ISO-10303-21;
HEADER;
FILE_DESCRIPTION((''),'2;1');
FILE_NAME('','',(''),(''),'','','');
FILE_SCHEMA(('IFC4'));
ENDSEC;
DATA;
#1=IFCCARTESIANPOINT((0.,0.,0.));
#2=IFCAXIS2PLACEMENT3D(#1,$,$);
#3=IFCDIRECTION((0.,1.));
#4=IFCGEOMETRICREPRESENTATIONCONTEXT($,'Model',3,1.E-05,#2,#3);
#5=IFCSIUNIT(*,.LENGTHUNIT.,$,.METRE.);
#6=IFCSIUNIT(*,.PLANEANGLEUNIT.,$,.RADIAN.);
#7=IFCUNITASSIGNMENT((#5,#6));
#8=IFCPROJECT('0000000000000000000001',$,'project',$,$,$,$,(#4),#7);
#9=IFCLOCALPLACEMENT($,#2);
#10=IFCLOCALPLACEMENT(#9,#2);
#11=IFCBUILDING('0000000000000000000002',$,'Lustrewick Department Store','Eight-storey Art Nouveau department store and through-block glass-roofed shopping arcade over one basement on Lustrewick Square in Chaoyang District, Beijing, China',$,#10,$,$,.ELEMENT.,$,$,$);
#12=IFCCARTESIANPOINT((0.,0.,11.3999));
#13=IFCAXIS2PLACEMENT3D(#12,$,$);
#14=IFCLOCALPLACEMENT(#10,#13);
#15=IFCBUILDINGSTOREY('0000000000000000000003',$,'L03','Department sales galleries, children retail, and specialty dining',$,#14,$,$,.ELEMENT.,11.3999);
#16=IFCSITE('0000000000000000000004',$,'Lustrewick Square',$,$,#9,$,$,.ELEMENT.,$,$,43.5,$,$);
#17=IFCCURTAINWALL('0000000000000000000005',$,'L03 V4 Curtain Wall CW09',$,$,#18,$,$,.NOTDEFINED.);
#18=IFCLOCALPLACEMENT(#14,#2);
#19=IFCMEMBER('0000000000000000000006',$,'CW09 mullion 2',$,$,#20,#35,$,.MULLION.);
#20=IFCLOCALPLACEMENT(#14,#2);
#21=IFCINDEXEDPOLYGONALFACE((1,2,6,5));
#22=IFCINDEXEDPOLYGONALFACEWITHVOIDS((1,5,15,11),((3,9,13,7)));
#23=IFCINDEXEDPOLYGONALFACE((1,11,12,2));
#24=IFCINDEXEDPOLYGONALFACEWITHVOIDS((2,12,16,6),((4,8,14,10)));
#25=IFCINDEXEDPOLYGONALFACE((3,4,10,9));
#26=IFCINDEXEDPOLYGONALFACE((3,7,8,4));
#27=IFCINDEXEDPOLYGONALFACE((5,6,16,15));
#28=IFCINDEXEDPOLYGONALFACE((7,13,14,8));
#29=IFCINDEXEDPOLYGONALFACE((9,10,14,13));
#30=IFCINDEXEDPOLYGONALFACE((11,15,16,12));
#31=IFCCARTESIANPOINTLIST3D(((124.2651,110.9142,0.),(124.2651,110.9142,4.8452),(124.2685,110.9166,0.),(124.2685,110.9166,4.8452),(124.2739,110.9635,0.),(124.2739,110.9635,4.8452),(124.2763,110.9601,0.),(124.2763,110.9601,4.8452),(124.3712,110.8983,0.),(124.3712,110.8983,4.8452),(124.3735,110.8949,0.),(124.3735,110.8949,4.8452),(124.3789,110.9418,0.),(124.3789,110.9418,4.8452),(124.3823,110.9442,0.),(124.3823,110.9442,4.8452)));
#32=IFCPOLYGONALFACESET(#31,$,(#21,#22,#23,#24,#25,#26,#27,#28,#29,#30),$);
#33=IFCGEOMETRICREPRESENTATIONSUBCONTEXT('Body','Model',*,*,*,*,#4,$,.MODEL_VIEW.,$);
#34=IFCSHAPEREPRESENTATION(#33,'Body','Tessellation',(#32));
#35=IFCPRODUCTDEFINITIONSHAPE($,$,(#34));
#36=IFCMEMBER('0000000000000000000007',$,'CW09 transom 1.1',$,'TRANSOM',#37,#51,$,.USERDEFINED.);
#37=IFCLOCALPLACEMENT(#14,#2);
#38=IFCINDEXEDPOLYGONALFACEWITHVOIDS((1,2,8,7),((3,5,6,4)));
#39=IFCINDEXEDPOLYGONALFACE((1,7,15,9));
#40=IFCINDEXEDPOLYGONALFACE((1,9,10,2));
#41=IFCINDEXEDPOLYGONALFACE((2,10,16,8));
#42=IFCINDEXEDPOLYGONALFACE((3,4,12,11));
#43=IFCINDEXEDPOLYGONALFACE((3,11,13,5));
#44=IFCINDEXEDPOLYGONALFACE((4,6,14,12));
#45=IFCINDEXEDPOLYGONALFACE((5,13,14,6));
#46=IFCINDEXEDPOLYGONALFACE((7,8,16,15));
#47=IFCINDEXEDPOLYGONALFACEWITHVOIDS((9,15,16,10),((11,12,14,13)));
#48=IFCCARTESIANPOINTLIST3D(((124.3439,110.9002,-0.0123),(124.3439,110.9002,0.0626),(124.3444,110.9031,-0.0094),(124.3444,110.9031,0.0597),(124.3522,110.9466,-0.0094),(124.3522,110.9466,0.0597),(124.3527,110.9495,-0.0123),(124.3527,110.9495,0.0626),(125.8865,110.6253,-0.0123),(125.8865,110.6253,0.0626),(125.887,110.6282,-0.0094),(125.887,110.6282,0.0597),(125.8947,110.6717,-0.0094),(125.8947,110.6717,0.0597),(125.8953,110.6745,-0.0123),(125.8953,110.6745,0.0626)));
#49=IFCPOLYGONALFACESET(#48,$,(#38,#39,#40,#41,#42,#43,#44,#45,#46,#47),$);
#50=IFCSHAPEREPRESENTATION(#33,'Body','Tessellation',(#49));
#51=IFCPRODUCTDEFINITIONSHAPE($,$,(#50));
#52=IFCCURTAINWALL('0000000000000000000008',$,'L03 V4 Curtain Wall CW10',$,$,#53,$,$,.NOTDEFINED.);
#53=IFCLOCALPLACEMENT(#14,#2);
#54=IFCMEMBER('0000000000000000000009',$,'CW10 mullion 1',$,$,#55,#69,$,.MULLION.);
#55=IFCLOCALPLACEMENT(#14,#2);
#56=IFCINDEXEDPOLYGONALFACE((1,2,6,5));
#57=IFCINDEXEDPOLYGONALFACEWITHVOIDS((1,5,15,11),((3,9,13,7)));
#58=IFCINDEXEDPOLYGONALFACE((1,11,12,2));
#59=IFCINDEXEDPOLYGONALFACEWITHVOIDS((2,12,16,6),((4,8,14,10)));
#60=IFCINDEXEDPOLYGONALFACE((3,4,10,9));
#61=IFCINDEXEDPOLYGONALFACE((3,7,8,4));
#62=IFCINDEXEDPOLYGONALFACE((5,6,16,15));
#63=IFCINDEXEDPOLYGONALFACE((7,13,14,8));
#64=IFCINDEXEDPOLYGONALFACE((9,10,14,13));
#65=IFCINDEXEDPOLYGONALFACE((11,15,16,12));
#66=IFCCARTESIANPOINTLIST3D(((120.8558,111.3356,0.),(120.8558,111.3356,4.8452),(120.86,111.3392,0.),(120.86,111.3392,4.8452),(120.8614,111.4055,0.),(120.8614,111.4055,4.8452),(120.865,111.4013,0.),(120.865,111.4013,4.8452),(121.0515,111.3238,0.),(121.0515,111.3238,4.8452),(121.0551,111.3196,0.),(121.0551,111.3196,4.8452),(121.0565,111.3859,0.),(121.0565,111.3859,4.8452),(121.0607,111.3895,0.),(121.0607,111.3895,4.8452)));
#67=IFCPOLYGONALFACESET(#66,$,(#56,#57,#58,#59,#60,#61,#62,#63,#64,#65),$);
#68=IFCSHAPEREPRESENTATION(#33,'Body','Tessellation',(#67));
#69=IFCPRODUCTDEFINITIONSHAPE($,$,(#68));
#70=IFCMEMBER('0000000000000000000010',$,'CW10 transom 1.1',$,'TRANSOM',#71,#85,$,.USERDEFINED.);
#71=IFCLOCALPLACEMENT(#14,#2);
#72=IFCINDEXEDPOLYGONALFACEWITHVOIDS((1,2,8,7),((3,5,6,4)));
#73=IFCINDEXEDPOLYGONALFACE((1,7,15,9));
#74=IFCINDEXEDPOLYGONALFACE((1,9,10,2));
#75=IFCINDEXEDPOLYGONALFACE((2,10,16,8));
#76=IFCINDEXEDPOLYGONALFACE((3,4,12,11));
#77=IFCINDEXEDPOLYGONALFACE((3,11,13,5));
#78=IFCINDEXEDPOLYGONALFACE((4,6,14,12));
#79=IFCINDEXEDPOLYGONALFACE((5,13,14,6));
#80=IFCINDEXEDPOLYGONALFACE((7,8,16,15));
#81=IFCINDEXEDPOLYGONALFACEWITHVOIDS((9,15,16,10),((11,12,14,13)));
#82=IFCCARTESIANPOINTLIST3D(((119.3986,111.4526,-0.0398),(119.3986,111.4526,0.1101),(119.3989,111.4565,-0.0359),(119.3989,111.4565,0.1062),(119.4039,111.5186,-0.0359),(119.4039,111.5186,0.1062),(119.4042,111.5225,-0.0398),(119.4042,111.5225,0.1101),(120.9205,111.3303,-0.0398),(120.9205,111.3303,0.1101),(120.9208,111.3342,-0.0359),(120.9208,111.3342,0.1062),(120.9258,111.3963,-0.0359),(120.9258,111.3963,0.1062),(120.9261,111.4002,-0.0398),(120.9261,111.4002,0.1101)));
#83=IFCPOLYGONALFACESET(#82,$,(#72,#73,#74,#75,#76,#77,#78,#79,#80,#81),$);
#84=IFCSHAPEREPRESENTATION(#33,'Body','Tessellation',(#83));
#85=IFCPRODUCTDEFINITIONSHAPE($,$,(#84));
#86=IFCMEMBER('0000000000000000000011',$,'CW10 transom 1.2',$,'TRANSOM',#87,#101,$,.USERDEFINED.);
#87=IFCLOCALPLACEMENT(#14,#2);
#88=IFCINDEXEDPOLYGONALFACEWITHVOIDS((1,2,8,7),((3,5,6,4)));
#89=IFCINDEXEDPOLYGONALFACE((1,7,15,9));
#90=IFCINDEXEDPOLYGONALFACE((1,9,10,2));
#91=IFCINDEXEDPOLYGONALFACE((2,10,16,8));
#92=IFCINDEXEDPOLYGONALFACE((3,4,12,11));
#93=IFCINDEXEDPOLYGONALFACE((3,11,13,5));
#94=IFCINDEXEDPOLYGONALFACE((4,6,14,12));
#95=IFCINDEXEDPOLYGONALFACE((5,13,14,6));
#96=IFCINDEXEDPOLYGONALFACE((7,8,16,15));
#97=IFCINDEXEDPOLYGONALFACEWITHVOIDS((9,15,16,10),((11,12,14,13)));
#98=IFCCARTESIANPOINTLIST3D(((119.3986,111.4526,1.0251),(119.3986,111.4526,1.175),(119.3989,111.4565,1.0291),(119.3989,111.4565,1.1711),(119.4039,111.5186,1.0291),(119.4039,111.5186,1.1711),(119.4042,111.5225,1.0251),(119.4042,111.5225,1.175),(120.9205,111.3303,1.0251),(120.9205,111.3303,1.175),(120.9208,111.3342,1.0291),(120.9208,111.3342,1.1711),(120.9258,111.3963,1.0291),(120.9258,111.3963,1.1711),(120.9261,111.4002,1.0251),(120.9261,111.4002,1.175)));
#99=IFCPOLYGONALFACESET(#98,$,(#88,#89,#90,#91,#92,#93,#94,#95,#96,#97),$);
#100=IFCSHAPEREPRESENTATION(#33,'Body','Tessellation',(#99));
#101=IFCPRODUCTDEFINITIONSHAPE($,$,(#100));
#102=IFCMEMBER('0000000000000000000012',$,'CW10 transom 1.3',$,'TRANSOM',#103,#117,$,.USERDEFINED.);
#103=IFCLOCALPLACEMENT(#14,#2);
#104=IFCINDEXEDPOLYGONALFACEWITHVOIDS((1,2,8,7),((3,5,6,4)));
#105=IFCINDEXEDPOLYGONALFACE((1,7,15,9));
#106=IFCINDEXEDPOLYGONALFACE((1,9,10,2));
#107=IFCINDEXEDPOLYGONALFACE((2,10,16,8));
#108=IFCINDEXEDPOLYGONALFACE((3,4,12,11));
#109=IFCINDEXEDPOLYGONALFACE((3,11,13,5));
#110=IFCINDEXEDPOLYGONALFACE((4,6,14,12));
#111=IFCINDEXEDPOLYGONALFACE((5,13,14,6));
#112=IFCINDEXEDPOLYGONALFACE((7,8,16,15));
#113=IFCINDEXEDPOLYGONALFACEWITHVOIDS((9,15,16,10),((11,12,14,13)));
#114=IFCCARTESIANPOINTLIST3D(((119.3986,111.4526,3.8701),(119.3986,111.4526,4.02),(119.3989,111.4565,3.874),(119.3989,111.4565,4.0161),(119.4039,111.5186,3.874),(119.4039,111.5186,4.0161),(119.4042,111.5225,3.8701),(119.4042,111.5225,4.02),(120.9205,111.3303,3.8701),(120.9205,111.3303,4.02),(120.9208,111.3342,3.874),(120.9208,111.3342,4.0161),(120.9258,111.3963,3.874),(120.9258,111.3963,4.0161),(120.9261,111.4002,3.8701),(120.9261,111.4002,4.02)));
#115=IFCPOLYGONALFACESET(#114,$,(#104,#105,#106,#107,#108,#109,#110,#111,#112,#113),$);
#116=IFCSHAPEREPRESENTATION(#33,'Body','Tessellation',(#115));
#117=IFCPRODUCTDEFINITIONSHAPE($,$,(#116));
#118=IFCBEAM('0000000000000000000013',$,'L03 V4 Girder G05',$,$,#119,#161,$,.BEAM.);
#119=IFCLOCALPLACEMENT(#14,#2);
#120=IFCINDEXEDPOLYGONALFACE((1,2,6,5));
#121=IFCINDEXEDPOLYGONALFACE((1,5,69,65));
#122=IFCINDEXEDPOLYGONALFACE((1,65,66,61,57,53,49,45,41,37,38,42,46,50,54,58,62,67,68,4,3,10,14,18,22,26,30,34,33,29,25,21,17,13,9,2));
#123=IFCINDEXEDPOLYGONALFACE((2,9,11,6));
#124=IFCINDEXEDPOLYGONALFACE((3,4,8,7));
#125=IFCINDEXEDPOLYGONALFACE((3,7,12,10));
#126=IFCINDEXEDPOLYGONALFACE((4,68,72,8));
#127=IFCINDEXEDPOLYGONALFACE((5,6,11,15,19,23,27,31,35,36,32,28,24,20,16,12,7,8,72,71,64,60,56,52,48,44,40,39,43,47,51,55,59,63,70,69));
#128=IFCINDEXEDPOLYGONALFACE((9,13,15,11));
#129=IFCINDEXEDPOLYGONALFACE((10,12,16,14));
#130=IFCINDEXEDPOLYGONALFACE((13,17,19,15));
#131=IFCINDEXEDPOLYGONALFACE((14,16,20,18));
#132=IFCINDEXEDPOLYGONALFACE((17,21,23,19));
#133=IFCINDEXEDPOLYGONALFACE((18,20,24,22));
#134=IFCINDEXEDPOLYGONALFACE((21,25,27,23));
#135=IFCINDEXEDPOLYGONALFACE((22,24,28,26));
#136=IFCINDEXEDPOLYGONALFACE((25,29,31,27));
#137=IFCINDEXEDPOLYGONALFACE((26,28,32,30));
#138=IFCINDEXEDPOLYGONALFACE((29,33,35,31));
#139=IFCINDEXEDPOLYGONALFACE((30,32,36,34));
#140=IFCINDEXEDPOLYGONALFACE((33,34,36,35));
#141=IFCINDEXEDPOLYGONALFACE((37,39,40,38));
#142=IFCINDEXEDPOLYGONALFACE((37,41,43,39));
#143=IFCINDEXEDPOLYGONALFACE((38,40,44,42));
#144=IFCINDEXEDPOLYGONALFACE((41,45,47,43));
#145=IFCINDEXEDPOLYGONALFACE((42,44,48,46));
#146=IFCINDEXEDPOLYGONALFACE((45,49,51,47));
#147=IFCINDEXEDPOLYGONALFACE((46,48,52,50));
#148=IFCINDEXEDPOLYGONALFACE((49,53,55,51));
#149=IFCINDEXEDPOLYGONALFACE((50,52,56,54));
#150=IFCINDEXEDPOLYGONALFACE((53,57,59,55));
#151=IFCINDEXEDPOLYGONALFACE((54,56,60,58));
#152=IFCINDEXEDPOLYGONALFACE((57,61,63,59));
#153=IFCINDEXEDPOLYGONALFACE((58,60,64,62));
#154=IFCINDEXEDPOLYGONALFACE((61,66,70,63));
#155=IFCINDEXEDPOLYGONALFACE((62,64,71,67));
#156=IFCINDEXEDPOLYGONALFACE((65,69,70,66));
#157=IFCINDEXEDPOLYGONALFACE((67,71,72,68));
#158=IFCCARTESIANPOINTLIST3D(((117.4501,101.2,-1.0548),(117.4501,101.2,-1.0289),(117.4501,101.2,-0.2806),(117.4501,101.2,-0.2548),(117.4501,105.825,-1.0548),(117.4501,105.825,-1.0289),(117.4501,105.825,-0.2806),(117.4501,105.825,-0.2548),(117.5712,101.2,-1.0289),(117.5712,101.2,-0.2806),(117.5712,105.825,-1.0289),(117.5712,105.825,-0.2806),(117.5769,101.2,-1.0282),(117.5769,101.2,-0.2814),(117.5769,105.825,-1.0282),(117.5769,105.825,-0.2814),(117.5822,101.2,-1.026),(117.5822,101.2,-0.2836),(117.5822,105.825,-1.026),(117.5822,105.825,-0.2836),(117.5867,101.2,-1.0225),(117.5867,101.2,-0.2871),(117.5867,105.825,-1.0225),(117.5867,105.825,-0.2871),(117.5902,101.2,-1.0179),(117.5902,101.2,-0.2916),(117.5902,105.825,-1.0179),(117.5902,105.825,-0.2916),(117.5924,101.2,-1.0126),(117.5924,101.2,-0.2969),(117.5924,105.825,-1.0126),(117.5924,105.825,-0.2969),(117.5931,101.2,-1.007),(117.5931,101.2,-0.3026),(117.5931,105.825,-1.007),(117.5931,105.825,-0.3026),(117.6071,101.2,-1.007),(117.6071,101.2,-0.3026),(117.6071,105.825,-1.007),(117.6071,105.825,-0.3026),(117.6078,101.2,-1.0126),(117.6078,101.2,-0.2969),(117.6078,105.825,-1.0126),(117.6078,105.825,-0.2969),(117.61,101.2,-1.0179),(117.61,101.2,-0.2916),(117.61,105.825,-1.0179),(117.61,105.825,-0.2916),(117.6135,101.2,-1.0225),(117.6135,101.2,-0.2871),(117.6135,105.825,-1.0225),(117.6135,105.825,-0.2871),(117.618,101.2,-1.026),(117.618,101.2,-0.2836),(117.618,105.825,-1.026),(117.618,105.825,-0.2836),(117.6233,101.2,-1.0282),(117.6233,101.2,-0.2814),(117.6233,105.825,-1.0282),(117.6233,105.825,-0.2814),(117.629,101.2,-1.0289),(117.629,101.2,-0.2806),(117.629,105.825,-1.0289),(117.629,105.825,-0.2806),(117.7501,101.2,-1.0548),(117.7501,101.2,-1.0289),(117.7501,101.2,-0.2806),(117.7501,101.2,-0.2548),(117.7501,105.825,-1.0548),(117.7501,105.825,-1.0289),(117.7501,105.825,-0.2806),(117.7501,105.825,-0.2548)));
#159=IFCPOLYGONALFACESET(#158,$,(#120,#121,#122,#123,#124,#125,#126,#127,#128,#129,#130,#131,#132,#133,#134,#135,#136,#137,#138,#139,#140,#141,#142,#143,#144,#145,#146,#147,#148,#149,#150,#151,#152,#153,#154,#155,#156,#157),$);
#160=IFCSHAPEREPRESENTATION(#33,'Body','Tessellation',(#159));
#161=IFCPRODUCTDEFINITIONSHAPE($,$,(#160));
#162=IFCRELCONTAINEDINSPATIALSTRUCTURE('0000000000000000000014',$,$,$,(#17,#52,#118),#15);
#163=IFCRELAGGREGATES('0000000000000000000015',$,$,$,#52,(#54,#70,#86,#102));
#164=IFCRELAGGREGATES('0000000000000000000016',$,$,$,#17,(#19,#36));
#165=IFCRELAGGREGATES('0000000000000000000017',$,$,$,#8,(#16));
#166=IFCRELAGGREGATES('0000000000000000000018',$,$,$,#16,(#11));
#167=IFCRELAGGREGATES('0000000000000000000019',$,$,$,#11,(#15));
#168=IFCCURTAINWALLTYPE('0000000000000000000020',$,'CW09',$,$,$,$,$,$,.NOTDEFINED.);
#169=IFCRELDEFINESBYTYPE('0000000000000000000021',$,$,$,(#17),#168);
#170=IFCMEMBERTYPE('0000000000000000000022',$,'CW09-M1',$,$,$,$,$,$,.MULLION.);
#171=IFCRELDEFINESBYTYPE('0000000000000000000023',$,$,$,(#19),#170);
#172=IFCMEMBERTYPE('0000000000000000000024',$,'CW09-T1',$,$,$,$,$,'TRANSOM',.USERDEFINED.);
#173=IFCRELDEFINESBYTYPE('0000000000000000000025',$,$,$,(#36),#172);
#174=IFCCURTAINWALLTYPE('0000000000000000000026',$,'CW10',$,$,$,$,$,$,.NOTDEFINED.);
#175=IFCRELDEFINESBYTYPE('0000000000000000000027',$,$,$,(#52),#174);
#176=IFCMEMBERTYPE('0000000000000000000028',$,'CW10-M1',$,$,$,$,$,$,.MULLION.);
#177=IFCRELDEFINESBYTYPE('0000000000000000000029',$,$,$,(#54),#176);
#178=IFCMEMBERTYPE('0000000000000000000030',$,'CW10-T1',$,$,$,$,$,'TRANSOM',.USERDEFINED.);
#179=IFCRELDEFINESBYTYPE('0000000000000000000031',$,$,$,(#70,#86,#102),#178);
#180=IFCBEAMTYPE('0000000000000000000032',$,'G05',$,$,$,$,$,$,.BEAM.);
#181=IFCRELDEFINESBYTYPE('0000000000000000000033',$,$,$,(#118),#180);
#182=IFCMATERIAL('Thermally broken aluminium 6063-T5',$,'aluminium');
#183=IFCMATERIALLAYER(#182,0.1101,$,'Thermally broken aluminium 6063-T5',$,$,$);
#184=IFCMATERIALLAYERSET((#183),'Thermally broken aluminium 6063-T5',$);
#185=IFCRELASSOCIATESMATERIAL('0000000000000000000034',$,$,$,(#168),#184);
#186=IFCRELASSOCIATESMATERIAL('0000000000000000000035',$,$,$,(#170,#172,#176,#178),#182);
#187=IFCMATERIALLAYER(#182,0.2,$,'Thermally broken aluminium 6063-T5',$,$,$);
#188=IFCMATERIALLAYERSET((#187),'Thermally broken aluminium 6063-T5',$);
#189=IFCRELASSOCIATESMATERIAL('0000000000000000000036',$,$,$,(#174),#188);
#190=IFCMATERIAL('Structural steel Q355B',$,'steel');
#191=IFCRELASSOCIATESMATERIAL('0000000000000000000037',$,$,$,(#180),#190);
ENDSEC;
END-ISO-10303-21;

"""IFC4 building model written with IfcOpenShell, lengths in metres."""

from ifc_helpers import new_model, si_unit, direction, frame, origin, origin_2d, place, context, subcontext, project, spatial, hollow_rectangle, i_section, extrude, material, layer, layer_set, material_profile, profile_set, type_object, element, aggregate, save


model = new_model("IFC4")

# Units and contexts
model_context = context("Model", 3, precision=1e-05, world=origin(), true_north=direction((0.0, 1.0)))
body_context = subcontext(model_context, "Body", "Model", "MODEL_VIEW")
ifc_project = project(units=[si_unit("LENGTHUNIT", "METRE"), si_unit("PLANEANGLEUNIT", "RADIAN")], contexts=[model_context])

# Site, building, storey
site_placement = place(None, origin())
site = spatial("IfcSite", under=ifc_project, at=site_placement, Name="Lustrewick Square", CompositionType="ELEMENT", RefElevation=43.5)
building_placement = place(site_placement, origin())
building = spatial("IfcBuilding", under=site, at=building_placement, Name="Lustrewick Department Store", Description="Eight-storey Art Nouveau department store and through-block glass-roofed shopping arcade over one basement on Lustrewick Square in Chaoyang District, Beijing, China", CompositionType="ELEMENT")
storey_placement = place(building_placement, frame((0.0, 0.0, 11.3999)))
storey = spatial("IfcBuildingStorey", under=building, at=storey_placement, Name="L03", Description="Department sales galleries, children retail, and specialty dining", CompositionType="ELEMENT", Elevation=11.3999)

# Shared definitions
ifc_material_1 = material(Name="Structural steel Q355B", Category="steel")

# Curtain walls, members
ifc_material_2 = material(Name="Thermally broken aluminium 6063-T5", Category="aluminium")
ifc_layer_1 = layer(ifc_material_2, 0.1101, Name="Thermally broken aluminium 6063-T5")
ifc_layer_set_1 = layer_set([ifc_layer_1], Name="Thermally broken aluminium 6063-T5")
curtain_wall_type_1 = type_object("IfcCurtainWallType", Name="CW09", PredefinedType="NOTDEFINED", material=ifc_layer_set_1)
curtain_wall_1_placement = place(storey_placement, origin())
curtain_wall_1 = element("IfcCurtainWall", 1, at=curtain_wall_1_placement, inside=storey, type_object=curtain_wall_type_1, Name="L03 V4 Curtain Wall CW09", PredefinedType="NOTDEFINED")
ifc_material_profile_1 = material_profile(ifc_material_2, hollow_rectangle(XDim=0.05, YDim=0.1101, WallThickness=0.0029, at=origin_2d()), Name="ALU-M 50x110x3")
ifc_profile_set_1 = profile_set([ifc_material_profile_1], Name="Thermally broken aluminium 6063-T5")
member_type_1 = type_object("IfcMemberType", Name="CW09-M1", PredefinedType="MULLION", material=ifc_profile_set_1)
member_1_placement = place(storey_placement, frame((124.3237, 110.9292, 0.0), z_axis=(0.0, 0.0, 1.0), x_axis=(-0.175421, -0.984494, 0.0)))
member_1 = element("IfcMember", 2, at=member_1_placement, type_object=member_type_1, Name="CW09 mullion 2", PredefinedType="MULLION", context=body_context, shape_type="SweptSolid", body=[
    extrude(hollow_rectangle(XDim=0.05, YDim=0.1101, WallThickness=0.0029, at=origin_2d()), origin(), (0.0, 0.0, 1.0), 4.8452),
])
ifc_material_profile_2 = material_profile(ifc_material_2, hollow_rectangle(XDim=0.05, YDim=0.075, WallThickness=0.0029, at=origin_2d()), Name="ALU-T 50x75x3")
ifc_profile_set_2 = profile_set([ifc_material_profile_2], Name="Thermally broken aluminium 6063-T5")
member_type_2 = type_object("IfcMemberType", Name="CW09-T1", ElementType="TRANSOM", PredefinedType="USERDEFINED", material=ifc_profile_set_2)
member_2_placement = place(storey_placement, frame((125.8909, 110.6499, 0.0251), z_axis=(-0.984487, 0.175456, 0.0), x_axis=(-0.175456, -0.984487, 0.0)))
member_2 = element("IfcMember", 3, at=member_2_placement, type_object=member_type_2, Name="CW09 transom 1.1", ObjectType="TRANSOM", PredefinedType="USERDEFINED", context=body_context, shape_type="SweptSolid", body=[
    extrude(hollow_rectangle(XDim=0.05, YDim=0.075, WallThickness=0.0029, at=origin_2d()), origin(), (0.0, 0.0, 1.0), 1.5669),
])
ifc_layer_2 = layer(ifc_material_2, 0.2, Name="Thermally broken aluminium 6063-T5")
ifc_layer_set_2 = layer_set([ifc_layer_2], Name="Thermally broken aluminium 6063-T5")
curtain_wall_type_2 = type_object("IfcCurtainWallType", Name="CW10", PredefinedType="NOTDEFINED", material=ifc_layer_set_2)
curtain_wall_2_placement = place(storey_placement, origin())
curtain_wall_2 = element("IfcCurtainWall", 4, at=curtain_wall_2_placement, inside=storey, type_object=curtain_wall_type_2, Name="L03 V4 Curtain Wall CW10", PredefinedType="NOTDEFINED")
ifc_material_profile_3 = material_profile(ifc_material_2, hollow_rectangle(XDim=0.0701, YDim=0.2, WallThickness=0.0039, at=origin_2d()), Name="ALU-M 70x200x4")
ifc_profile_set_3 = profile_set([ifc_material_profile_3], Name="Thermally broken aluminium 6063-T5")
member_type_3 = type_object("IfcMemberType", Name="CW10-M1", PredefinedType="MULLION", material=ifc_profile_set_3)
member_3_placement = place(storey_placement, frame((120.9583, 111.3625, 0.0), z_axis=(0.0, 0.0, 1.0), x_axis=(-0.080091, -0.996788, 0.0)))
member_3 = element("IfcMember", 5, at=member_3_placement, type_object=member_type_3, Name="CW10 mullion 1", PredefinedType="MULLION", context=body_context, shape_type="SweptSolid", body=[
    extrude(hollow_rectangle(XDim=0.0701, YDim=0.2, WallThickness=0.0039, at=origin_2d()), origin(), (0.0, 0.0, 1.0), 4.8452),
])
ifc_material_profile_4 = material_profile(ifc_material_2, hollow_rectangle(XDim=0.0701, YDim=0.1499, WallThickness=0.0039, at=origin_2d()), Name="ALU-T 70x150x4")
ifc_profile_set_4 = profile_set([ifc_material_profile_4], Name="Thermally broken aluminium 6063-T5")
member_type_4 = type_object("IfcMemberType", Name="CW10-T1", ElementType="TRANSOM", PredefinedType="USERDEFINED", material=ifc_profile_set_4)
member_4_placement = place(storey_placement, frame((120.9233, 111.3652, 0.0352), z_axis=(-0.996786, 0.080107, 0.0), x_axis=(-0.080107, -0.996786, 0.0)))
member_4 = element("IfcMember", 6, at=member_4_placement, type_object=member_type_4, Name="CW10 transom 1.1", ObjectType="TRANSOM", PredefinedType="USERDEFINED", context=body_context, shape_type="SweptSolid", body=[
    extrude(hollow_rectangle(XDim=0.0701, YDim=0.1499, WallThickness=0.0039, at=origin_2d()), origin(), (0.0, 0.0, 1.0), 1.5269),
])
member_5_placement = place(storey_placement, frame((120.9233, 111.3652, 1.1001), z_axis=(-0.996786, 0.080107, 0.0), x_axis=(-0.080107, -0.996786, 0.0)))
member_5 = element("IfcMember", 7, at=member_5_placement, type_object=member_type_4, Name="CW10 transom 1.2", ObjectType="TRANSOM", PredefinedType="USERDEFINED", context=body_context, shape_type="SweptSolid", body=[
    extrude(hollow_rectangle(XDim=0.0701, YDim=0.1499, WallThickness=0.0039, at=origin_2d()), origin(), (0.0, 0.0, 1.0), 1.5269),
])
member_6_placement = place(storey_placement, frame((120.9233, 111.3652, 3.9451), z_axis=(-0.996786, 0.080107, 0.0), x_axis=(-0.080107, -0.996786, 0.0)))
member_6 = element("IfcMember", 8, at=member_6_placement, type_object=member_type_4, Name="CW10 transom 1.3", ObjectType="TRANSOM", PredefinedType="USERDEFINED", context=body_context, shape_type="SweptSolid", body=[
    extrude(hollow_rectangle(XDim=0.0701, YDim=0.1499, WallThickness=0.0039, at=origin_2d()), origin(), (0.0, 0.0, 1.0), 1.5269),
])
aggregate(curtain_wall_2, [member_3, member_4, member_5, member_6])

# Beam
ifc_material_profile_5 = material_profile(ifc_material_1, i_section(OverallWidth=0.3, OverallDepth=0.8, WebThickness=0.0139, FlangeThickness=0.0259, FilletRadius=0.022, at=origin_2d()), Name="HN 800x300x14x26")
ifc_profile_set_5 = profile_set([ifc_material_profile_5], Name="Structural steel Q355B")
beam_type_1 = type_object("IfcBeamType", Name="G05", PredefinedType="BEAM", material=ifc_profile_set_5)
beam_1_placement = place(storey_placement, frame((117.6001, 101.2, -0.6548), z_axis=(0.0, 1.0, 0.0), x_axis=(-1.0, 0.0, 0.0)))
element("IfcBeam", 9, at=beam_1_placement, inside=storey, type_object=beam_type_1, Name="L03 V4 Girder G05", PredefinedType="BEAM", context=body_context, shape_type="SweptSolid", body=[
    extrude(i_section(OverallWidth=0.3, OverallDepth=0.8, WebThickness=0.0139, FlangeThickness=0.0259, FilletRadius=0.022, at=origin_2d()), origin(), (0.0, 0.0, 1.0), 4.625),
])

aggregate(curtain_wall_1, [member_1, member_2])

save(model, "model.ifc")
